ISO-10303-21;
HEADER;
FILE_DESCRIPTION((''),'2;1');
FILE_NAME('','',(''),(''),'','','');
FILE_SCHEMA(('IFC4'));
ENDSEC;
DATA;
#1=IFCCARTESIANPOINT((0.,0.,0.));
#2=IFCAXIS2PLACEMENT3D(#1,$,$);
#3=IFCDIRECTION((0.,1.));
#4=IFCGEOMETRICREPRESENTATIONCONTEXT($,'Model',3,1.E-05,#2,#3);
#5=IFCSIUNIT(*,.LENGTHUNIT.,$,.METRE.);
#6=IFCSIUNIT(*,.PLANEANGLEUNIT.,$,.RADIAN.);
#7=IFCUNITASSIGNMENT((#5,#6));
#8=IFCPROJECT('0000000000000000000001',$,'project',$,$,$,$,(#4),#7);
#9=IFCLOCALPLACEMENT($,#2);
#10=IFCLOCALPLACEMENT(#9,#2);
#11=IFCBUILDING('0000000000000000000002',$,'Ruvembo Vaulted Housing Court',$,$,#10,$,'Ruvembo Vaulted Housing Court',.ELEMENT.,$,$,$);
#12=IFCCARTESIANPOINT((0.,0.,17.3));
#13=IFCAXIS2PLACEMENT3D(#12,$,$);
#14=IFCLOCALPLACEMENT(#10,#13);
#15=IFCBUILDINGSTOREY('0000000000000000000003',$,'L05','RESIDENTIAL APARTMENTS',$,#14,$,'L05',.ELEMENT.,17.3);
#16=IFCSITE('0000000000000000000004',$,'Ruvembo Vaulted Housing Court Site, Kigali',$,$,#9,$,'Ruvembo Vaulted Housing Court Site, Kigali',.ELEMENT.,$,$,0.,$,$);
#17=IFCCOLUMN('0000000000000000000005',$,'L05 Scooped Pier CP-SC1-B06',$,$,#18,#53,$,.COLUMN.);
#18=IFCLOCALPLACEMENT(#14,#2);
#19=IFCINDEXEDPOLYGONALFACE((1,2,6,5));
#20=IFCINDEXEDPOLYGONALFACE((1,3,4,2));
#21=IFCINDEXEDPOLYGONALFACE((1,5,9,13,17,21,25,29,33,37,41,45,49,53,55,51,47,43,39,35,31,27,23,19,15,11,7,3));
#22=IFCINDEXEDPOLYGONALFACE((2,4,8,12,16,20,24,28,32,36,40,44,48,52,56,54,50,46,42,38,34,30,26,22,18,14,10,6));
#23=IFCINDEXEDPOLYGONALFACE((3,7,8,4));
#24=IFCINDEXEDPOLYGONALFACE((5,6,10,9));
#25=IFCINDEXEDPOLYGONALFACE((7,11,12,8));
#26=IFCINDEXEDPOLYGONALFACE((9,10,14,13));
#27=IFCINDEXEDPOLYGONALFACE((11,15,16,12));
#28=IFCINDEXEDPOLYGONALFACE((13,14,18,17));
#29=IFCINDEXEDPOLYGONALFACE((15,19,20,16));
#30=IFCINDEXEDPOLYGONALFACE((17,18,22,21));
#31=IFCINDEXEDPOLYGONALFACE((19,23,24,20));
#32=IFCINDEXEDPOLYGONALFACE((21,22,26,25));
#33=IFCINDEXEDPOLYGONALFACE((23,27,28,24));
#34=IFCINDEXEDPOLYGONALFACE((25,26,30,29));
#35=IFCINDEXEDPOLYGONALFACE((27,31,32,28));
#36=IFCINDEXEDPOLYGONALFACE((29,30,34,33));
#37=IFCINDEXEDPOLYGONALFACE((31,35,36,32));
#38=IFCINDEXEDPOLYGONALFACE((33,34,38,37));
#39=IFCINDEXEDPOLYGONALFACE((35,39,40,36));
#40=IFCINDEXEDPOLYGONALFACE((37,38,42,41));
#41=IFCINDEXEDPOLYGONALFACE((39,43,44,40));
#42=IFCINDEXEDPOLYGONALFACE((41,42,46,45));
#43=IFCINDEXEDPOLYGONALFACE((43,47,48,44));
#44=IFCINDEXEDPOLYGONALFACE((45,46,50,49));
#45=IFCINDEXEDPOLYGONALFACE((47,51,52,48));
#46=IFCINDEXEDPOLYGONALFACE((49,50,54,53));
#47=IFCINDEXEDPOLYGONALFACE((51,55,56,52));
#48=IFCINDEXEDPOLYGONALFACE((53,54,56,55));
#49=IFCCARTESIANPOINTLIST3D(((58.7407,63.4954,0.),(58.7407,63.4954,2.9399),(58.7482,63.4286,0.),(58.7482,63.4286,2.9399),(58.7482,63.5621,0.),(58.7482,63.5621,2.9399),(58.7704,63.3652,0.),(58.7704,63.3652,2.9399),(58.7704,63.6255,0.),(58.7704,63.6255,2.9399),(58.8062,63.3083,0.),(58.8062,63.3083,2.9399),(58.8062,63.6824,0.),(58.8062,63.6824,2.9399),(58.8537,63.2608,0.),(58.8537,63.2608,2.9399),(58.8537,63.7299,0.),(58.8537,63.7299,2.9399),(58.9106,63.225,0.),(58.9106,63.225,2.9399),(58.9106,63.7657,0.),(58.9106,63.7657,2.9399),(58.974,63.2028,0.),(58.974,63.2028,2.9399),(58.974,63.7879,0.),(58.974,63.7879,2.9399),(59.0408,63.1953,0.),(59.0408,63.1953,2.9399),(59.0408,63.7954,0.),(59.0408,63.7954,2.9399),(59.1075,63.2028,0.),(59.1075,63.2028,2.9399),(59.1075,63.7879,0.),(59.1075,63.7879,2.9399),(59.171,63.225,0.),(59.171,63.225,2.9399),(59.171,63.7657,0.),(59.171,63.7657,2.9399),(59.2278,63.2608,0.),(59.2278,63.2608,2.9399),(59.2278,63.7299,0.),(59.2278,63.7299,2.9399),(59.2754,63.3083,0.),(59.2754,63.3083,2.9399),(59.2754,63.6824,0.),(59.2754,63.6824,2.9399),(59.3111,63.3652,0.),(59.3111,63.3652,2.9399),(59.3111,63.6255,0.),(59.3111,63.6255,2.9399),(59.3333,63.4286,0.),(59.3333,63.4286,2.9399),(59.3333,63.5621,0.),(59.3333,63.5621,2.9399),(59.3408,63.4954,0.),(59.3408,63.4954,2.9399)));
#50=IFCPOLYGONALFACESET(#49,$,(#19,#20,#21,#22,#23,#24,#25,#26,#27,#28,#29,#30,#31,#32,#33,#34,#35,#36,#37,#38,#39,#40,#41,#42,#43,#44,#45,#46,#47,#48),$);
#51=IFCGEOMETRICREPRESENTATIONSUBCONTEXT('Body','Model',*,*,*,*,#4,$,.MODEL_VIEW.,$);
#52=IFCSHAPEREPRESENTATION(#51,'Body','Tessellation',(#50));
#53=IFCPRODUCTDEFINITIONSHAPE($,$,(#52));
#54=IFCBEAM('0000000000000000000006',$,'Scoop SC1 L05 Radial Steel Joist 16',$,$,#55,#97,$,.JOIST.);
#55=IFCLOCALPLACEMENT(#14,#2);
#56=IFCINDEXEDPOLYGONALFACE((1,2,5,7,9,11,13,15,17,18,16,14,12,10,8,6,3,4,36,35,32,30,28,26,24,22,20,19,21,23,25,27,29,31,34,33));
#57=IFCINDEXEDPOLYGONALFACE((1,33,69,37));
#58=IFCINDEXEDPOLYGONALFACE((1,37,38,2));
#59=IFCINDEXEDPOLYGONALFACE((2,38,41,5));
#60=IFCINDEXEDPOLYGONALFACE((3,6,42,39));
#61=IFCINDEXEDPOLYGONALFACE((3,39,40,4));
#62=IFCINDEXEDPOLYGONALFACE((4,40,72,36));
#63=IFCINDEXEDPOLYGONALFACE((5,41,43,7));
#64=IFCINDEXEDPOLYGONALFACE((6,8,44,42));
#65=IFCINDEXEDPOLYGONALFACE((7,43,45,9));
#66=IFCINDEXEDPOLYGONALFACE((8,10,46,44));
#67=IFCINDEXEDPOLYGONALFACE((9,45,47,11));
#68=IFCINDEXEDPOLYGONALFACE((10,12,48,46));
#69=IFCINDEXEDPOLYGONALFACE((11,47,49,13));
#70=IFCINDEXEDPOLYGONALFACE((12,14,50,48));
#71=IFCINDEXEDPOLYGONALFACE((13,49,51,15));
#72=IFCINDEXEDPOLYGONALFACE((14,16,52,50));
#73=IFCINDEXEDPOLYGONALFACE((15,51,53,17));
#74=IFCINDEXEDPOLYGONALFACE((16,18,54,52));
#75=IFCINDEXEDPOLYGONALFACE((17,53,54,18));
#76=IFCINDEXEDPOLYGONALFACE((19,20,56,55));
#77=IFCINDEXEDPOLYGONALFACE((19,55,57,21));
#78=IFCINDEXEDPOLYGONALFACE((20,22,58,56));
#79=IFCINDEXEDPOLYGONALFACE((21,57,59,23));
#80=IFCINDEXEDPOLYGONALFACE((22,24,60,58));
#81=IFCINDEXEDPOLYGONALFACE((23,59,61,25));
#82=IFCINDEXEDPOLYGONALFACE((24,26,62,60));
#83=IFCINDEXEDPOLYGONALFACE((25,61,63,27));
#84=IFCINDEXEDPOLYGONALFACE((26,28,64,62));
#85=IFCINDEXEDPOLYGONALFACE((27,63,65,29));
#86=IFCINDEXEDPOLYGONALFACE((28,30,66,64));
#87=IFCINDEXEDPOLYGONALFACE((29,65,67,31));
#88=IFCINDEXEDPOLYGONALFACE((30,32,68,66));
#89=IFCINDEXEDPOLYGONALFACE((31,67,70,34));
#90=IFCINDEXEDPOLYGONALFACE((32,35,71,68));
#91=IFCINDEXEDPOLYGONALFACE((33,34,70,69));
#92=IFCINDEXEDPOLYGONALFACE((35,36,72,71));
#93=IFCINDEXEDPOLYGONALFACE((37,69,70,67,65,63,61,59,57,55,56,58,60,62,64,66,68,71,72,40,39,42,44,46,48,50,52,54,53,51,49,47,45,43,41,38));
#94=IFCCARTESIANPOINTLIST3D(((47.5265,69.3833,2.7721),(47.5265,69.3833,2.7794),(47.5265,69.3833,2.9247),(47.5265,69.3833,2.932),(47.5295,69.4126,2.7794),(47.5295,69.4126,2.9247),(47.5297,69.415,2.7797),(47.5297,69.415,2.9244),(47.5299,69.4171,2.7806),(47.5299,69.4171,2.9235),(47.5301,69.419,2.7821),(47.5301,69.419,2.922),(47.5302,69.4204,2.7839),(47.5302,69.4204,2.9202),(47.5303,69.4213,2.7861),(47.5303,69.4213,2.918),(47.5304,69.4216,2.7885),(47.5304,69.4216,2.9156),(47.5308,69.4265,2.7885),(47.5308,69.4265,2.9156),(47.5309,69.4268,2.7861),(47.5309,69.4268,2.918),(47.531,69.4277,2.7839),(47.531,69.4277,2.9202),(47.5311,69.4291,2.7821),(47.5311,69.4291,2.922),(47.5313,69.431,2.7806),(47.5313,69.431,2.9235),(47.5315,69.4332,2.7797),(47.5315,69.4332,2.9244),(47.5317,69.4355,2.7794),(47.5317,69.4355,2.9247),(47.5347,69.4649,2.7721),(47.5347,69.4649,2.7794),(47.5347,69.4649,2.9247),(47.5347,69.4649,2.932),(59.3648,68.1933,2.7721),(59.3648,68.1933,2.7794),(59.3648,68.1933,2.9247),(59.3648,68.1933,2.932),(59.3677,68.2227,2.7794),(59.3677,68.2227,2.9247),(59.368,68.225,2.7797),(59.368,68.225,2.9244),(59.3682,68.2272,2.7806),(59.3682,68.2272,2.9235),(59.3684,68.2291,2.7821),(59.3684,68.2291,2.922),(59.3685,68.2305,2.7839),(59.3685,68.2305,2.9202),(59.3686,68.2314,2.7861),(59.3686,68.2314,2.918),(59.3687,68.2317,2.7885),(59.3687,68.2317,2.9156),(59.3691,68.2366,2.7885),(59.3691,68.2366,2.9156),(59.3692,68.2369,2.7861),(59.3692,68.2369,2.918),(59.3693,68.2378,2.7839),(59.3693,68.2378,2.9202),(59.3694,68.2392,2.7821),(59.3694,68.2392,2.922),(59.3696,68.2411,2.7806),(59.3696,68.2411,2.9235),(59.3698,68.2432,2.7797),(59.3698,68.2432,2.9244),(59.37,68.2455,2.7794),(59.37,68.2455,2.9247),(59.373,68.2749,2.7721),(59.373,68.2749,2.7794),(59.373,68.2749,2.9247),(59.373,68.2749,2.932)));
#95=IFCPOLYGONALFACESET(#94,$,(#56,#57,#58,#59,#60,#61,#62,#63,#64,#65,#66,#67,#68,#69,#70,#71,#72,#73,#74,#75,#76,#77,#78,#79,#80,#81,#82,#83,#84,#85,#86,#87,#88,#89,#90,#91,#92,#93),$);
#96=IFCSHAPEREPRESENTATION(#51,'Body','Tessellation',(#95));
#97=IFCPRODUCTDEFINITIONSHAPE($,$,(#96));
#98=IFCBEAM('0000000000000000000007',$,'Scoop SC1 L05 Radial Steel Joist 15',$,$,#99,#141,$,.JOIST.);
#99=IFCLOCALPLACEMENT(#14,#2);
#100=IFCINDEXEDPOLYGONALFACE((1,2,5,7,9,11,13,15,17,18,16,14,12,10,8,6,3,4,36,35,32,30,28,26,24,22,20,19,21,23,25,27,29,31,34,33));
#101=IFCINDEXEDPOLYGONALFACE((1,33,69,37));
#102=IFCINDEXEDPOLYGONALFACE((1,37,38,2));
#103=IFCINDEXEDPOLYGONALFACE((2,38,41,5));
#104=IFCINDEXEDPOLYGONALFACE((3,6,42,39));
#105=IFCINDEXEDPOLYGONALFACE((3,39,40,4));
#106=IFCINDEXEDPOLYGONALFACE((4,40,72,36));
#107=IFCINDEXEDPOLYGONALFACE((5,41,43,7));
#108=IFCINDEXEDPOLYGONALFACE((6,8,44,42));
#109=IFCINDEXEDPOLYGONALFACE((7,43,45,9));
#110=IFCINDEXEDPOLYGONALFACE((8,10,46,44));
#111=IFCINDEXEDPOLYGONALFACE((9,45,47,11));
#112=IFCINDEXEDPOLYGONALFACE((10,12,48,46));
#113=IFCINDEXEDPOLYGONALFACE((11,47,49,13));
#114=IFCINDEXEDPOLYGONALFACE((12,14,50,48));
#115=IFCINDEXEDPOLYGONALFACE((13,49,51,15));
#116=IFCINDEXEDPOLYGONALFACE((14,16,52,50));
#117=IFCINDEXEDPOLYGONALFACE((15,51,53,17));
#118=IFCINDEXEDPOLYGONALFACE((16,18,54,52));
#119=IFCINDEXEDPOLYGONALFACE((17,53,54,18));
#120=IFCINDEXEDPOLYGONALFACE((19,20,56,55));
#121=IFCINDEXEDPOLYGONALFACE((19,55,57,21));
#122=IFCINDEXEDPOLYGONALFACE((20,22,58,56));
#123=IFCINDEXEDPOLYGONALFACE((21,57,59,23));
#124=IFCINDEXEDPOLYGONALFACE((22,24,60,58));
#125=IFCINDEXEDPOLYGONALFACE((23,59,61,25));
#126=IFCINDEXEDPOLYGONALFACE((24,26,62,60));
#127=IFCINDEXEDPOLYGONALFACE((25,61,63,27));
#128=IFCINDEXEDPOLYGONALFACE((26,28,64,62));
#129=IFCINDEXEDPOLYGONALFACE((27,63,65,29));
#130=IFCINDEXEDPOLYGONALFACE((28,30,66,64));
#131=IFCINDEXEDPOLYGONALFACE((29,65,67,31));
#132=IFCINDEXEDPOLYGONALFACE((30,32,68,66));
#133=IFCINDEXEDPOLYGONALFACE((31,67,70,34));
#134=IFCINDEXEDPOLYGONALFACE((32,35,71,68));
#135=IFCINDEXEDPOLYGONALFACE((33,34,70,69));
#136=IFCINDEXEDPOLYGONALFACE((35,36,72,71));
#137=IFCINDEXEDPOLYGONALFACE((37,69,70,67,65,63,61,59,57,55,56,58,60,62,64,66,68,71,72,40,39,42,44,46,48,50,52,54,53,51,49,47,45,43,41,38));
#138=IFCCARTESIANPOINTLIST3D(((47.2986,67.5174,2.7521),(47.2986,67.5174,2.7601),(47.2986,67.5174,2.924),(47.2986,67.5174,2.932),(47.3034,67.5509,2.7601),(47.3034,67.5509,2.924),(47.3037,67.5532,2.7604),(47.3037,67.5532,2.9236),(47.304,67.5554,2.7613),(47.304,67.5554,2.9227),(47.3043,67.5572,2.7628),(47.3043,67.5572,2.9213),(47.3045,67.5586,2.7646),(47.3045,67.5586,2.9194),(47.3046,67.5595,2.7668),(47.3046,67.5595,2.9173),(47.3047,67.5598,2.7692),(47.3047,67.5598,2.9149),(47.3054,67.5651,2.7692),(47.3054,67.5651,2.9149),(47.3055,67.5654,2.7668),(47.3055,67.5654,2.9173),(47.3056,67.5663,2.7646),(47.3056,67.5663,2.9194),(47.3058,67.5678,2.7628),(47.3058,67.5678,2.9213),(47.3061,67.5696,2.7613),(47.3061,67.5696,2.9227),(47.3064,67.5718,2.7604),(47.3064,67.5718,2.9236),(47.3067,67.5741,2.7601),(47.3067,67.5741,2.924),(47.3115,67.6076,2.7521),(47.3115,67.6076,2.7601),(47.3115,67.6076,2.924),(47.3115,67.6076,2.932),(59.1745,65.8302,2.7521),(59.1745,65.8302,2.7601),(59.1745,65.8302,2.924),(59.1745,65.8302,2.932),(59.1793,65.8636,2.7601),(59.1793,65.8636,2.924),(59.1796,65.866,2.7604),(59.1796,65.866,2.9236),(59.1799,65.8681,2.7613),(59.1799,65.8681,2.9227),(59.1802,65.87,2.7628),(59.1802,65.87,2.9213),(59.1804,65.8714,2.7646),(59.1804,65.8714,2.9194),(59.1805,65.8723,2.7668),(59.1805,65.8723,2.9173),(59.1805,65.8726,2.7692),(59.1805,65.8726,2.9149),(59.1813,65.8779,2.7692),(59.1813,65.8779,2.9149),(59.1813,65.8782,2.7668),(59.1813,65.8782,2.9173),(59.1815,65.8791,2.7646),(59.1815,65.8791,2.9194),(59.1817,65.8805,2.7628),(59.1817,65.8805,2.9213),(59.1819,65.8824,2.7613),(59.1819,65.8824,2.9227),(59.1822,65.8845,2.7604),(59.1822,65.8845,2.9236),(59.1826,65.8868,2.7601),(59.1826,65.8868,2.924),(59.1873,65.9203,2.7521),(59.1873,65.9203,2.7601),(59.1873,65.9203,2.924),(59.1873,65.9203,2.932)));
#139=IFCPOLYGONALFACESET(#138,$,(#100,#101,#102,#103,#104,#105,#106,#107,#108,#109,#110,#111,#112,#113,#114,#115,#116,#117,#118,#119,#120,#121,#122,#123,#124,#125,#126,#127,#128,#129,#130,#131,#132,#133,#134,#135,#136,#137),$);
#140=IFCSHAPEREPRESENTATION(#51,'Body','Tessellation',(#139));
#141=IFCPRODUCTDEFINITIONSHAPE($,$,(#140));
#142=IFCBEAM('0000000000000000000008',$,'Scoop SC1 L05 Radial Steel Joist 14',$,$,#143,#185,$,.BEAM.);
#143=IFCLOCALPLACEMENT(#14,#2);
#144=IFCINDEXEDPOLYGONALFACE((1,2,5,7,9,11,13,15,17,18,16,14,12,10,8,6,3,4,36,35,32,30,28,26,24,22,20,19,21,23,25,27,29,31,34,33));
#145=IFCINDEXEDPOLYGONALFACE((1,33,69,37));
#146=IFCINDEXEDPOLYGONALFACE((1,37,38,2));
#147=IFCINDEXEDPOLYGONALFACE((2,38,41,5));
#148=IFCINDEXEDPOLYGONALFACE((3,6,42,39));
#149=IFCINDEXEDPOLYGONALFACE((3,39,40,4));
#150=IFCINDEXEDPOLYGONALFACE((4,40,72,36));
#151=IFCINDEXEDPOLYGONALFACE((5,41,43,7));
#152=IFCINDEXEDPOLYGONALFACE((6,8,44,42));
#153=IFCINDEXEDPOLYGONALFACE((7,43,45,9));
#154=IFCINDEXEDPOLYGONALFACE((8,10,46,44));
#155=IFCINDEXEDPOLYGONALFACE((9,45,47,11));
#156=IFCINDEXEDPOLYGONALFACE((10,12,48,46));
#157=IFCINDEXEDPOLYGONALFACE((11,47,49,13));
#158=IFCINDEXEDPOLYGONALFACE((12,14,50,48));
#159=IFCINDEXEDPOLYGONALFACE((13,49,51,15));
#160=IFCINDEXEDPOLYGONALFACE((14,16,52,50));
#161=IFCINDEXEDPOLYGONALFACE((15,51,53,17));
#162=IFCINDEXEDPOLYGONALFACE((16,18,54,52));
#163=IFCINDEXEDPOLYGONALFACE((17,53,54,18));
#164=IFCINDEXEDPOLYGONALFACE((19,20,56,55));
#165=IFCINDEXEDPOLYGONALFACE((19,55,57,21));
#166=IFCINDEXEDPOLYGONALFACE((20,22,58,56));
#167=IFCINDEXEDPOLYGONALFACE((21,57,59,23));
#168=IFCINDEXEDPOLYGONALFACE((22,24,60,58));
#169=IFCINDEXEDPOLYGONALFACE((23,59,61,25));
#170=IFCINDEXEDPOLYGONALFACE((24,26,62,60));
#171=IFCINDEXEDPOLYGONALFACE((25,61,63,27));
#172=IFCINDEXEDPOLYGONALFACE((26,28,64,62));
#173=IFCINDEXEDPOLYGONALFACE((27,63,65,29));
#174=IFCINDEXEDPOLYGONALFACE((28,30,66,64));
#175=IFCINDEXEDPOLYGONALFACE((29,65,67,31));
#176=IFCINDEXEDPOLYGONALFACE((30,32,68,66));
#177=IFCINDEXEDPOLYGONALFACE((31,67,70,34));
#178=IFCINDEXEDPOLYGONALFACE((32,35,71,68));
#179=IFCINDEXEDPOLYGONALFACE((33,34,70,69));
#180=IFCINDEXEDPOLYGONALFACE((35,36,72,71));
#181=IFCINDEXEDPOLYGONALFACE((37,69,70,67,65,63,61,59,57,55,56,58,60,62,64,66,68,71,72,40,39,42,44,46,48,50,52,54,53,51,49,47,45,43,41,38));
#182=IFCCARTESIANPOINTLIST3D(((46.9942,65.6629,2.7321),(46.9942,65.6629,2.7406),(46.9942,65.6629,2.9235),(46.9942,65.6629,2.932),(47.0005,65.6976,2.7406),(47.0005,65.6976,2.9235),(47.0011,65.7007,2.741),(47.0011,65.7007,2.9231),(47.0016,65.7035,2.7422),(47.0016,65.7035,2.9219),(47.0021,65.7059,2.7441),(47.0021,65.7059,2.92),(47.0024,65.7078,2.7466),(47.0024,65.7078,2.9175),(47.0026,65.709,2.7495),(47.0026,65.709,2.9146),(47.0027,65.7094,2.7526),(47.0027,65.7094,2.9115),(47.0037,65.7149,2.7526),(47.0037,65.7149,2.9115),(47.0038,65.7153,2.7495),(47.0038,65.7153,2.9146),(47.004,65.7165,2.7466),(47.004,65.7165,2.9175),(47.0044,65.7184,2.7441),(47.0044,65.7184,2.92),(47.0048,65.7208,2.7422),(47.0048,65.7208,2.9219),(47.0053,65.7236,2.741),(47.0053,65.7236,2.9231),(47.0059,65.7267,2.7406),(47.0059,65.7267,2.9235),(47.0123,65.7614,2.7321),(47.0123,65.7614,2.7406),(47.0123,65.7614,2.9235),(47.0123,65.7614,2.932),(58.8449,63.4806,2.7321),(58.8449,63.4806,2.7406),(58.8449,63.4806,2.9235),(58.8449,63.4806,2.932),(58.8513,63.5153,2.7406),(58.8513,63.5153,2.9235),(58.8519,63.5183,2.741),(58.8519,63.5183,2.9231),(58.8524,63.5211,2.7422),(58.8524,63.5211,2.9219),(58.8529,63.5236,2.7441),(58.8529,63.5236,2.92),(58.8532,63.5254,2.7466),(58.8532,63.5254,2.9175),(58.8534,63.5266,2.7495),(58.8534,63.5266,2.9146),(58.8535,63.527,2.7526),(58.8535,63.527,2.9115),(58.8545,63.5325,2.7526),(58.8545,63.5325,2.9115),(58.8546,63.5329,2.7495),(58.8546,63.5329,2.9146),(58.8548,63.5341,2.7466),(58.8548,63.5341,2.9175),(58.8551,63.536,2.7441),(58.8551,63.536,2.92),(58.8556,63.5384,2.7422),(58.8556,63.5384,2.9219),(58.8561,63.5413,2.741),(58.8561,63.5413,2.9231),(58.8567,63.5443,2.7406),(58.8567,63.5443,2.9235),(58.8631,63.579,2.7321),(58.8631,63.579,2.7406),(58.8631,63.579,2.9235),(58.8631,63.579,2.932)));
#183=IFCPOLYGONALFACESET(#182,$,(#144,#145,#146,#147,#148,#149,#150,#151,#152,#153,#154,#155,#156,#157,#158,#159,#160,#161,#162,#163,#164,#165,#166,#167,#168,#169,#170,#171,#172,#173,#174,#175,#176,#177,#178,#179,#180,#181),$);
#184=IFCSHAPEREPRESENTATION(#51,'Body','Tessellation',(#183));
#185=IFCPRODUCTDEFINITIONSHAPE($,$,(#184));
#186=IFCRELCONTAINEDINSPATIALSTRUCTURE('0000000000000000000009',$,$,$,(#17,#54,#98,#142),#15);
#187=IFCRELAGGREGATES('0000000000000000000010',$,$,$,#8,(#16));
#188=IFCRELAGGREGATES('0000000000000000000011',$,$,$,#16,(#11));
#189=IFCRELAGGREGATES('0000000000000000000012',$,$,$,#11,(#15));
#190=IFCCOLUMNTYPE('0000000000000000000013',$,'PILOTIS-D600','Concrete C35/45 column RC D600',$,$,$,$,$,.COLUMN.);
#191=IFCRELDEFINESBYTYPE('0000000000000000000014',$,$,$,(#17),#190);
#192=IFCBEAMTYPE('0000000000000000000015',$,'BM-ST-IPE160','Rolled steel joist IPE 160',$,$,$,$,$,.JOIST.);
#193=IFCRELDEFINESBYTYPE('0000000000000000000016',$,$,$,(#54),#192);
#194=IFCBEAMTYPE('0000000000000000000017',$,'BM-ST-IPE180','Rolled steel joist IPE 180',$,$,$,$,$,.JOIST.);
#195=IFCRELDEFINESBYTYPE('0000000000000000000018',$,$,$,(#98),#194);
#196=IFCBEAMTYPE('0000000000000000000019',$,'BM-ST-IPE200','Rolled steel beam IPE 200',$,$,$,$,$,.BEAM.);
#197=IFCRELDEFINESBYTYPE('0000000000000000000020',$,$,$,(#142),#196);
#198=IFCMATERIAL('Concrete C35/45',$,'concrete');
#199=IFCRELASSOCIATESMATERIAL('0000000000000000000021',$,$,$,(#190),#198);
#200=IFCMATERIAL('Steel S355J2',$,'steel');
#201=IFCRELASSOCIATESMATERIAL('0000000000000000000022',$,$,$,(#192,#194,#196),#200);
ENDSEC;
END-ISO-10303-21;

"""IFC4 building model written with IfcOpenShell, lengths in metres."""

from ifc_helpers import new_model, si_unit, direction, frame, origin, origin_2d, place, context, subcontext, project, spatial, circle, i_section, extrude, material, material_profile, profile_set, type_object, element, save


model = new_model("IFC4")

# Units and contexts
model_context = context("Model", 3, precision=1e-05, world=origin(), true_north=direction((0.0, 1.0)))
body_context = subcontext(model_context, "Body", "Model", "MODEL_VIEW")
ifc_project = project(units=[si_unit("LENGTHUNIT", "METRE"), si_unit("PLANEANGLEUNIT", "RADIAN")], contexts=[model_context])

# Site, building, storey
site_placement = place(None, origin())
site = spatial("IfcSite", under=ifc_project, at=site_placement, Name="Ruvembo Vaulted Housing Court Site, Kigali", LongName="Ruvembo Vaulted Housing Court Site, Kigali", CompositionType="ELEMENT", RefElevation=0.0)
building_placement = place(site_placement, origin())
building = spatial("IfcBuilding", under=site, at=building_placement, Name="Ruvembo Vaulted Housing Court", LongName="Ruvembo Vaulted Housing Court", CompositionType="ELEMENT")
storey_placement = place(building_placement, frame((0.0, 0.0, 17.3)))
storey = spatial("IfcBuildingStorey", under=building, at=storey_placement, Name="L05", Description="RESIDENTIAL APARTMENTS", LongName="L05", CompositionType="ELEMENT", Elevation=17.3)

# Column
ifc_material_1 = material(Name="Concrete C35/45", Category="concrete")
ifc_material_profile_1 = material_profile(ifc_material_1, circle(Radius=0.3, at=origin_2d()), Name="RC D600")
ifc_profile_set_1 = profile_set([ifc_material_profile_1], Name="Concrete C35/45")
column_type = type_object("IfcColumnType", Name="PILOTIS-D600", Description="Concrete C35/45 column RC D600", PredefinedType="COLUMN", material=ifc_profile_set_1)
column_placement = place(storey_placement, frame((59.0408, 63.4954, 0.0), z_axis=(0.0, 0.0, 1.0), x_axis=(1.0, 0.0, 0.0)))
element("IfcColumn", 1, at=column_placement, inside=storey, type_object=column_type, Name="L05 Scooped Pier CP-SC1-B06", PredefinedType="COLUMN", context=body_context, shape_type="SweptSolid", body=[
    extrude(circle(Radius=0.3, at=origin_2d()), origin(), (0.0, 0.0, 1.0), 2.9399),
])

# Beams
ifc_material_2 = material(Name="Steel S355J2", Category="steel")
ifc_material_profile_2 = material_profile(ifc_material_2, i_section(OverallWidth=0.082, OverallDepth=0.1599, WebThickness=0.0049, FlangeThickness=0.0073, FilletRadius=0.009, at=origin_2d()), Name="IPE 160")
ifc_profile_set_2 = profile_set([ifc_material_profile_2], Name="Steel S355J2")
beam_type_1 = type_object("IfcBeamType", Name="BM-ST-IPE160", Description="Rolled steel joist IPE 160", PredefinedType="JOIST", material=ifc_profile_set_2)
beam_1_placement = place(storey_placement, frame((59.3689, 68.2341, 2.8521), z_axis=(-0.994986, 0.100012, 0.0), x_axis=(-0.100012, -0.994986, 0.0)))
element("IfcBeam", 2, at=beam_1_placement, inside=storey, type_object=beam_type_1, Name="Scoop SC1 L05 Radial Steel Joist 16", PredefinedType="JOIST", context=body_context, shape_type="SweptSolid", body=[
    extrude(i_section(OverallWidth=0.082, OverallDepth=0.1599, WebThickness=0.0049, FlangeThickness=0.0073, FilletRadius=0.009, at=origin_2d()), origin(), (0.0, 0.0, 1.0), 11.8979),
])
ifc_material_profile_3 = material_profile(ifc_material_2, i_section(OverallWidth=0.0911, OverallDepth=0.1799, WebThickness=0.0054, FlangeThickness=0.0081, FilletRadius=0.009, at=origin_2d()), Name="IPE 180")
ifc_profile_set_3 = profile_set([ifc_material_profile_3], Name="Steel S355J2")
beam_type_2 = type_object("IfcBeamType", Name="BM-ST-IPE180", Description="Rolled steel joist IPE 180", PredefinedType="JOIST", material=ifc_profile_set_3)
beam_2_placement = place(storey_placement, frame((59.1809, 65.8752, 2.842), z_axis=(-0.990058, 0.140661, 0.0), x_axis=(-0.140661, -0.990058, 0.0)))
element("IfcBeam", 3, at=beam_2_placement, inside=storey, type_object=beam_type_2, Name="Scoop SC1 L05 Radial Steel Joist 15", PredefinedType="JOIST", context=body_context, shape_type="SweptSolid", body=[
    extrude(i_section(OverallWidth=0.0911, OverallDepth=0.1799, WebThickness=0.0054, FlangeThickness=0.0081, FilletRadius=0.009, at=origin_2d()), origin(), (0.0, 0.0, 1.0), 11.9951),
])
ifc_material_profile_4 = material_profile(ifc_material_2, i_section(OverallWidth=0.1001, OverallDepth=0.2, WebThickness=0.0056, FlangeThickness=0.0085, FilletRadius=0.012, at=origin_2d()), Name="IPE 200")
ifc_profile_set_4 = profile_set([ifc_material_profile_4], Name="Steel S355J2")
beam_type_3 = type_object("IfcBeamType", Name="BM-ST-IPE200", Description="Rolled steel beam IPE 200", PredefinedType="BEAM", material=ifc_profile_set_4)
beam_3_placement = place(storey_placement, frame((58.854, 63.5298, 2.832), z_axis=(-0.983463, 0.181108, 0.0), x_axis=(-0.181108, -0.983463, 0.0)))
element("IfcBeam", 4, at=beam_3_placement, inside=storey, type_object=beam_type_3, Name="Scoop SC1 L05 Radial Steel Joist 14", PredefinedType="BEAM", context=body_context, shape_type="SweptSolid", body=[
    extrude(i_section(OverallWidth=0.1001, OverallDepth=0.2, WebThickness=0.0056, FlangeThickness=0.0085, FilletRadius=0.012, at=origin_2d()), origin(), (0.0, 0.0, 1.0), 12.05),
])

save(model, "model.ifc")
